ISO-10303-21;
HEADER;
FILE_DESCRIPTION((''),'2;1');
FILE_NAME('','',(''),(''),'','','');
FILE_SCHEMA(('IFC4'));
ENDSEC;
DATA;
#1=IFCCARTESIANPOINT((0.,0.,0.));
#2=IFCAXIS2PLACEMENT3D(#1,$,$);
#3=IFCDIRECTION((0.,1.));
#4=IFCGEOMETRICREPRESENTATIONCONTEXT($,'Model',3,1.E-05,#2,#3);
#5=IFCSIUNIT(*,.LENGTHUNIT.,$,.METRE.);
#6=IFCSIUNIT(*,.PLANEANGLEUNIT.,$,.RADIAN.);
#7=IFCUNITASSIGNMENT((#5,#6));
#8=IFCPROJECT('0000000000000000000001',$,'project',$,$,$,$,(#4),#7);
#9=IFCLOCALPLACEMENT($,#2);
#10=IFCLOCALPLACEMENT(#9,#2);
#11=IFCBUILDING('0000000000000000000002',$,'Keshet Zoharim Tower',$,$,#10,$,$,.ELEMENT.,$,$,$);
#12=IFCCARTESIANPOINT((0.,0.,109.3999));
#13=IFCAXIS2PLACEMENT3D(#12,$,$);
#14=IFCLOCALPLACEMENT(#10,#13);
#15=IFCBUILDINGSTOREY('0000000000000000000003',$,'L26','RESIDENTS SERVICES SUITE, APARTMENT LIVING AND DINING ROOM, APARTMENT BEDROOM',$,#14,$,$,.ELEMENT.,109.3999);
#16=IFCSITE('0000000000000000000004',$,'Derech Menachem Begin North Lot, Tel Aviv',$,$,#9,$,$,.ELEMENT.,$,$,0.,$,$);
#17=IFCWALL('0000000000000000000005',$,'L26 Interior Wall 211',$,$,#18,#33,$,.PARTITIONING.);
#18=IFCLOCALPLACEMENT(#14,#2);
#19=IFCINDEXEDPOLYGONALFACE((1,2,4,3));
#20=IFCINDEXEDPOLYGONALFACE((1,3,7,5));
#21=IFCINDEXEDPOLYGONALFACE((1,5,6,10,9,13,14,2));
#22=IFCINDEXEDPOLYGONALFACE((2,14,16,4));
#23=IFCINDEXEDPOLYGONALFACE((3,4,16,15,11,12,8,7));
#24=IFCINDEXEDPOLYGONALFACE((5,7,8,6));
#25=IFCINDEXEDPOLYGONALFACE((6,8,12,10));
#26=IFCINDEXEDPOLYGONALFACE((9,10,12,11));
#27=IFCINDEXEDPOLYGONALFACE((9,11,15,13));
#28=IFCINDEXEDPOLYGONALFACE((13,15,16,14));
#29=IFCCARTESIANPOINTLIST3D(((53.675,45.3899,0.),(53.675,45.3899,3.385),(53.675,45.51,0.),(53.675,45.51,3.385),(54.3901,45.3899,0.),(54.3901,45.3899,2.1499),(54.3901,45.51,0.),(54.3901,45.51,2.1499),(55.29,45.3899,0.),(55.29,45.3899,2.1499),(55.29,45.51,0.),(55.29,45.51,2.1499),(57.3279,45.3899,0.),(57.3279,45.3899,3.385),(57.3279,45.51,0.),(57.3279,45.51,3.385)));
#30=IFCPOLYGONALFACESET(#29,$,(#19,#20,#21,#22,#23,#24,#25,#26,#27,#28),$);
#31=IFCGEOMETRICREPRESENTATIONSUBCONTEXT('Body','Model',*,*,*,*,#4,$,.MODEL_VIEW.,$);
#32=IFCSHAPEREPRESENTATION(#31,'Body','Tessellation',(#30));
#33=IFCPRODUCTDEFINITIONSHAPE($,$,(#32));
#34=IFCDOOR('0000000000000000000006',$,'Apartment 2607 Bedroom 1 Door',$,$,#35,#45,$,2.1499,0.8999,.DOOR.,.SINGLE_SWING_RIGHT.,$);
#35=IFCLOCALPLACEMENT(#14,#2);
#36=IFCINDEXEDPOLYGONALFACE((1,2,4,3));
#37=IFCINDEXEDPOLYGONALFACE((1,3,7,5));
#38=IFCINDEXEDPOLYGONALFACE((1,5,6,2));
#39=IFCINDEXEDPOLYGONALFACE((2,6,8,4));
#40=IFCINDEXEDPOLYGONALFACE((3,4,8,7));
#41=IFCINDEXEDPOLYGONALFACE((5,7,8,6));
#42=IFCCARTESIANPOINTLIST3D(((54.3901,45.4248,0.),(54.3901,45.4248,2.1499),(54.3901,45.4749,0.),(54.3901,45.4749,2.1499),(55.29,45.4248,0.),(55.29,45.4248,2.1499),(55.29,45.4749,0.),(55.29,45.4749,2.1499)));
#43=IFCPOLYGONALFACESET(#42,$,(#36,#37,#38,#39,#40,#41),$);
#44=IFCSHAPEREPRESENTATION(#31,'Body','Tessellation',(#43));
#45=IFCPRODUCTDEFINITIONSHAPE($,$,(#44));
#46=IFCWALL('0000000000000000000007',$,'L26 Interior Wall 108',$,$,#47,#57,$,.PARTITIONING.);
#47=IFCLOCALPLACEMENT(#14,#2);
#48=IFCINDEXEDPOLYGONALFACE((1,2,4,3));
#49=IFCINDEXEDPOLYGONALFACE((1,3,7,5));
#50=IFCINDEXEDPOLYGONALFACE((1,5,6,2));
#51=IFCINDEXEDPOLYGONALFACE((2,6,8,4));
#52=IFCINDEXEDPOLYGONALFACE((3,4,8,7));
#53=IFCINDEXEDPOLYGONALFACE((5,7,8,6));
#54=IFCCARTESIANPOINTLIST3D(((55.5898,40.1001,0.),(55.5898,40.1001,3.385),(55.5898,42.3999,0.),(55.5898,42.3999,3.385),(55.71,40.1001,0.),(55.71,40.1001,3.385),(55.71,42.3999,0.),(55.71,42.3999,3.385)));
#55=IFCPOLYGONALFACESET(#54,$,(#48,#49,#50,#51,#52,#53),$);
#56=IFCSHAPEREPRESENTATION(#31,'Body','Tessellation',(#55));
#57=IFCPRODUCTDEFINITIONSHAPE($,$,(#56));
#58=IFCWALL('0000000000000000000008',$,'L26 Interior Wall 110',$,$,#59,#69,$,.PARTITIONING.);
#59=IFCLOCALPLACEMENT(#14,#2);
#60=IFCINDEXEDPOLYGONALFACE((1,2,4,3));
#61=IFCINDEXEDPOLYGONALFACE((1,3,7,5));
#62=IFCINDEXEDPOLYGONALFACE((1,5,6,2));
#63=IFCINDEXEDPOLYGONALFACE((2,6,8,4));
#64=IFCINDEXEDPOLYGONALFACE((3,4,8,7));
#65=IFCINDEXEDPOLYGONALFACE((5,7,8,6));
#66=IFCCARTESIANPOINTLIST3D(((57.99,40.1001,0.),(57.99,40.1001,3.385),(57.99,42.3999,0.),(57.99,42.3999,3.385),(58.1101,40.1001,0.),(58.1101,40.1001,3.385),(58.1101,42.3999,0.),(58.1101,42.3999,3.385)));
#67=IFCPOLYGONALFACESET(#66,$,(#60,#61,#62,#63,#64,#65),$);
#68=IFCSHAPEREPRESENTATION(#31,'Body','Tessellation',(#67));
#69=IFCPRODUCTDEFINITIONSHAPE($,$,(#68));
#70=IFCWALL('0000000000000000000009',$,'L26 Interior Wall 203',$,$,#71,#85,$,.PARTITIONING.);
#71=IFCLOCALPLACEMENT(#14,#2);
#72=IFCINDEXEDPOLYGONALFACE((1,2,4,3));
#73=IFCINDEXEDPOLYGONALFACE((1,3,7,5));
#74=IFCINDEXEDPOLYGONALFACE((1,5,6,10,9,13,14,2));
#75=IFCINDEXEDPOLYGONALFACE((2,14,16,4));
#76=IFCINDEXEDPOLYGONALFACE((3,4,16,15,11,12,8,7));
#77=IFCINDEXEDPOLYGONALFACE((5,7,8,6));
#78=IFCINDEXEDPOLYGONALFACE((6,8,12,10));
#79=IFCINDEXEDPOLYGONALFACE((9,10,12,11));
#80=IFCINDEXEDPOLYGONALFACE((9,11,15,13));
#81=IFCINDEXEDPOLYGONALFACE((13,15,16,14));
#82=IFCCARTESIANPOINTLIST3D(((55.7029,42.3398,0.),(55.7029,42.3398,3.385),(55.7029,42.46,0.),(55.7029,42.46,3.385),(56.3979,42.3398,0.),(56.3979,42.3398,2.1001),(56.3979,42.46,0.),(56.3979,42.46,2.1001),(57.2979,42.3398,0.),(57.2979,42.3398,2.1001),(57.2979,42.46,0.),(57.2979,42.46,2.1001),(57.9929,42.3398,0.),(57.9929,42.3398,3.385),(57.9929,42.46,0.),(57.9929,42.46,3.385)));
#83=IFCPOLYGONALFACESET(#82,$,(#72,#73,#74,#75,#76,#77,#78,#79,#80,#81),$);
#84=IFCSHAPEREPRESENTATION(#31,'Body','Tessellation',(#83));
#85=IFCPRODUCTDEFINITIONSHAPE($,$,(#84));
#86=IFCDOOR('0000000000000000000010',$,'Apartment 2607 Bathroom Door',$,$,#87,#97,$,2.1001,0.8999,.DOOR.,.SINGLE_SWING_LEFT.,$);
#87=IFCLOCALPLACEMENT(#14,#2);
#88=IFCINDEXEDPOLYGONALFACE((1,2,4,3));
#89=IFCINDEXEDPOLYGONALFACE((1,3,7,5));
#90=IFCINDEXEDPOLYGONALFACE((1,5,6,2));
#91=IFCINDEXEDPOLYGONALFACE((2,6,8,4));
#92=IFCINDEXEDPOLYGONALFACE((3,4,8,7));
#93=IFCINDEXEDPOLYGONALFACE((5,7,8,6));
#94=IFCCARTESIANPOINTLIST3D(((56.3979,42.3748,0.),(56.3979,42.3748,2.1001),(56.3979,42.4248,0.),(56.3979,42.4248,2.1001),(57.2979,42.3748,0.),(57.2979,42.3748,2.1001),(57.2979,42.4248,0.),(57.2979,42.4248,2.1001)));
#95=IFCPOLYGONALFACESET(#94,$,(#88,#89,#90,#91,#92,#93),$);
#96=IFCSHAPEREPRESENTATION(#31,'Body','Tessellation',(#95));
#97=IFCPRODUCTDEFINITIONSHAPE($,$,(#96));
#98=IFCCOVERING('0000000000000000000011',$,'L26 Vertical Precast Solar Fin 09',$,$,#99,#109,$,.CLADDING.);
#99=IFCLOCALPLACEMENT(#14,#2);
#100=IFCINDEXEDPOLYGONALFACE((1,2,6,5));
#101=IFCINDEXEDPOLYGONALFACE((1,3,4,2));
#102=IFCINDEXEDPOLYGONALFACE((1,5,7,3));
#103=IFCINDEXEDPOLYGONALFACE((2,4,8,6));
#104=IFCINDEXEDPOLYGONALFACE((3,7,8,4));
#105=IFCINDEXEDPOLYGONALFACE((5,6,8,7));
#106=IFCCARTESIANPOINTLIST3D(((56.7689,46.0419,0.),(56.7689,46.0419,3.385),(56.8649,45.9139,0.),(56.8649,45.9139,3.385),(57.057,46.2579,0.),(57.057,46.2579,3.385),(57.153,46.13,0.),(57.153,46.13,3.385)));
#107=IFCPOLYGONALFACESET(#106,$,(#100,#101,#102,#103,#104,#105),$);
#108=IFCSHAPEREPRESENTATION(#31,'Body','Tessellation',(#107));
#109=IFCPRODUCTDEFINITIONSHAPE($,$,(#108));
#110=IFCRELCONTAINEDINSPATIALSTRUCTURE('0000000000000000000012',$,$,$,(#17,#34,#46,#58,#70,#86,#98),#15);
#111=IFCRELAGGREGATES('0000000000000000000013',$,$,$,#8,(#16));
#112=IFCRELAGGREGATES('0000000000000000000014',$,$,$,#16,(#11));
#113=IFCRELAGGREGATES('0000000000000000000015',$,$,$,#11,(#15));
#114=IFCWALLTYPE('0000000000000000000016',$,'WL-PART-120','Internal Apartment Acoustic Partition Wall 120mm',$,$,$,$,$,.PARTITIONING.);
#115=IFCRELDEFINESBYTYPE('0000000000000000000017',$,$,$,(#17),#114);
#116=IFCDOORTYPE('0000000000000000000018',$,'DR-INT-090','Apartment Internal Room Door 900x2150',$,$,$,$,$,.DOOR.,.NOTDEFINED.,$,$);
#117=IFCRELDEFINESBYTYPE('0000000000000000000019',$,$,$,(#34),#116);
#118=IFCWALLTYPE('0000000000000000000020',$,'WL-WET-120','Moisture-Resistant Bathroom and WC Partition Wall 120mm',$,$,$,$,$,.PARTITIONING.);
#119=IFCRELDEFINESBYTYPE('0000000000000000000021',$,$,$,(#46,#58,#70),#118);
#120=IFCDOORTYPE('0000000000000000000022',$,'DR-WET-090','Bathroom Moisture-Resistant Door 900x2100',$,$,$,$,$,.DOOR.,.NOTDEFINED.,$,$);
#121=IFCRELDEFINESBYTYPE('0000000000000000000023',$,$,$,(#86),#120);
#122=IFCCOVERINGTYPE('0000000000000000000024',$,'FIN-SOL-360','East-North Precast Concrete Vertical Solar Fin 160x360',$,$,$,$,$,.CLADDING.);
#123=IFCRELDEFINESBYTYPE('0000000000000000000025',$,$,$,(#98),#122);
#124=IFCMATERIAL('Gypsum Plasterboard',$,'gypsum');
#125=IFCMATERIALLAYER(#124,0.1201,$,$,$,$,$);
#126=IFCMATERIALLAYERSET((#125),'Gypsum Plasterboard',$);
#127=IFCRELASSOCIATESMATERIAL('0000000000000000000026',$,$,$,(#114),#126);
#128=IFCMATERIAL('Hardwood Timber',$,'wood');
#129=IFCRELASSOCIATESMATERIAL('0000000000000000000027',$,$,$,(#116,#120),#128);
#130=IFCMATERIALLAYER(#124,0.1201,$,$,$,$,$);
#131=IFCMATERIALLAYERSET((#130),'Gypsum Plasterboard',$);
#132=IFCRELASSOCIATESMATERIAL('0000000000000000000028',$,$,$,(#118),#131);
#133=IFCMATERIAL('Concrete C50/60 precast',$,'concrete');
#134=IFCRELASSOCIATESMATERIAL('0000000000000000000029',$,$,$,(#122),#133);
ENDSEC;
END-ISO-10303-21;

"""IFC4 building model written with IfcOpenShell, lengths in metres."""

from ifc_helpers import new_model, si_unit, direction, frame, frame_2d, origin, origin_2d, place, context, subcontext, project, spatial, rectangle, extrude, material, layer, layer_set, type_object, element, fill, save


model = new_model("IFC4")

# Units and contexts
model_context = context("Model", 3, precision=1e-05, world=origin(), true_north=direction((0.0, 1.0)))
body_context = subcontext(model_context, "Body", "Model", "MODEL_VIEW")
ifc_project = project(units=[si_unit("LENGTHUNIT", "METRE"), si_unit("PLANEANGLEUNIT", "RADIAN")], contexts=[model_context])

# Site, building, storey
site_placement = place(None, origin())
site = spatial("IfcSite", under=ifc_project, at=site_placement, Name="Derech Menachem Begin North Lot, Tel Aviv", CompositionType="ELEMENT", RefElevation=0.0)
building_placement = place(site_placement, origin())
building = spatial("IfcBuilding", under=site, at=building_placement, Name="Keshet Zoharim Tower", CompositionType="ELEMENT")
storey_placement = place(building_placement, frame((0.0, 0.0, 109.3999)))
storey = spatial("IfcBuildingStorey", under=building, at=storey_placement, Name="L26", Description="RESIDENTS SERVICES SUITE, APARTMENT LIVING AND DINING ROOM, APARTMENT BEDROOM", CompositionType="ELEMENT", Elevation=109.3999)

# Shared definitions
ifc_material_1 = material(Name="Gypsum Plasterboard", Category="gypsum")
ifc_layer_1 = layer(ifc_material_1, 0.1201)
ifc_layer_set_1 = layer_set([ifc_layer_1], Name="Gypsum Plasterboard")
wall_type_1 = type_object("IfcWallType", Name="WL-PART-120", Description="Internal Apartment Acoustic Partition Wall 120mm", PredefinedType="PARTITIONING", material=ifc_layer_set_1)

# Shared definitions
ifc_material_2 = material(Name="Hardwood Timber", Category="wood")
door_type_1 = type_object("IfcDoorType", Name="DR-INT-090", Description="Apartment Internal Room Door 900x2150", OperationType="NOTDEFINED", PredefinedType="DOOR", material=ifc_material_2)

# Wall, opening, door
wall_1_placement = place(storey_placement, frame((53.675, 45.45, 0.0), z_axis=(0.0, 0.0, 1.0), x_axis=(1.0, 0.0, 0.0)))
wall_1 = element("IfcWall", 1, at=wall_1_placement, inside=storey, type_object=wall_type_1, Name="L26 Interior Wall 211", PredefinedType="PARTITIONING", context=body_context, shape_type="SweptSolid", body=[
    extrude(rectangle(XDim=3.6528, YDim=0.1201, at=frame_2d((1.8264, 0.0))), origin(), (0.0, 0.0, 1.0), 3.385),
])
opening_1_placement = place(wall_1_placement, frame((0.7151, 0.0, 0.0)))
opening_1 = element("IfcOpeningElement", 2, at=opening_1_placement, cuts=wall_1, PredefinedType="OPENING", context=body_context, shape_type="SweptSolid", body=[
    extrude(rectangle(XDim=0.8999, YDim=2.1499, at=frame_2d((0.45, 1.075))), frame((0.0, 0.0701, 0.0), z_axis=(0.0, -1.0, 0.0), x_axis=(1.0, 0.0, 0.0)), (0.0, 0.0, 1.0), 0.1401),
])
door_1_placement = place(opening_1_placement, origin())
door_1 = element("IfcDoor", 3, at=door_1_placement, inside=storey, type_object=door_type_1, Name="Apartment 2607 Bedroom 1 Door", OperationType="SINGLE_SWING_RIGHT", OverallHeight=2.1499, OverallWidth=0.8999, PredefinedType="DOOR", context=body_context, shape_type="SweptSolid", body=[
    extrude(rectangle(XDim=0.8999, YDim=2.1499, at=frame_2d((0.45, 1.075))), frame((0.0, 0.0249, 0.0), z_axis=(0.0, -1.0, 0.0), x_axis=(1.0, 0.0, 0.0)), (0.0, 0.0, 1.0), 0.05),
])
fill(opening_1, door_1)

# Walls
ifc_layer_2 = layer(ifc_material_1, 0.1201)
ifc_layer_set_2 = layer_set([ifc_layer_2], Name="Gypsum Plasterboard")
wall_type_2 = type_object("IfcWallType", Name="WL-WET-120", Description="Moisture-Resistant Bathroom and WC Partition Wall 120mm", PredefinedType="PARTITIONING", material=ifc_layer_set_2)
for number, where, z_axis, x_axis, name in (
    (4, (55.6499, 40.1001, 0.0), (0.0, 0.0, 1.0), (0.0, 1.0, 0.0), "L26 Interior Wall 108"),
    (5, (58.05, 40.1001, 0.0), (0.0, 0.0, 1.0), (0.0, 1.0, 0.0), "L26 Interior Wall 110"),
):
    element("IfcWall", number, at=place(storey_placement, frame(where, z_axis=z_axis, x_axis=x_axis)), inside=storey, type_object=wall_type_2, Name=name, PredefinedType="PARTITIONING", context=body_context, shape_type="SweptSolid", body=[
        extrude(rectangle(XDim=2.2998, YDim=0.1201, at=frame_2d((1.1499, 0.0))), origin(), (0.0, 0.0, 1.0), 3.385),
    ])

# Wall, opening, door
wall_2_placement = place(storey_placement, frame((55.7029, 42.3999, 0.0), z_axis=(0.0, 0.0, 1.0), x_axis=(1.0, 0.0, 0.0)))
wall_2 = element("IfcWall", 6, at=wall_2_placement, inside=storey, type_object=wall_type_2, Name="L26 Interior Wall 203", PredefinedType="PARTITIONING", context=body_context, shape_type="SweptSolid", body=[
    extrude(rectangle(XDim=2.29, YDim=0.1201, at=frame_2d((1.145, 0.0))), origin(), (0.0, 0.0, 1.0), 3.385),
])
opening_2_placement = place(wall_2_placement, frame((0.6951, 0.0, 0.0)))
opening_2 = element("IfcOpeningElement", 7, at=opening_2_placement, cuts=wall_2, PredefinedType="OPENING", context=body_context, shape_type="SweptSolid", body=[
    extrude(rectangle(XDim=0.8999, YDim=2.1001, at=frame_2d((0.45, 1.05))), frame((0.0, 0.0701, 0.0), z_axis=(0.0, -1.0, 0.0), x_axis=(1.0, 0.0, 0.0)), (0.0, 0.0, 1.0), 0.1401),
])
door_type_2 = type_object("IfcDoorType", Name="DR-WET-090", Description="Bathroom Moisture-Resistant Door 900x2100", OperationType="NOTDEFINED", PredefinedType="DOOR", material=ifc_material_2)
door_2_placement = place(opening_2_placement, origin())
door_2 = element("IfcDoor", 8, at=door_2_placement, inside=storey, type_object=door_type_2, Name="Apartment 2607 Bathroom Door", OperationType="SINGLE_SWING_LEFT", OverallHeight=2.1001, OverallWidth=0.8999, PredefinedType="DOOR", context=body_context, shape_type="SweptSolid", body=[
    extrude(rectangle(XDim=0.8999, YDim=2.1001, at=frame_2d((0.45, 1.05))), frame((0.0, 0.0249, 0.0), z_axis=(0.0, -1.0, 0.0), x_axis=(1.0, 0.0, 0.0)), (0.0, 0.0, 1.0), 0.05),
])
fill(opening_2, door_2)

# Covering
ifc_material_3 = material(Name="Concrete C50/60 precast", Category="concrete")
covering_type = type_object("IfcCoveringType", Name="FIN-SOL-360", Description="East-North Precast Concrete Vertical Solar Fin 160x360", PredefinedType="CLADDING", material=ifc_material_3)
covering_placement = place(storey_placement, frame((56.9609, 46.0859, 0.0), z_axis=(0.0, 0.0, 1.0), x_axis=(0.6, -0.8, 0.0)))
element("IfcCovering", 9, at=covering_placement, inside=storey, type_object=covering_type, Name="L26 Vertical Precast Solar Fin 09", PredefinedType="CLADDING", context=body_context, shape_type="SweptSolid", body=[
    extrude(rectangle(XDim=0.1599, YDim=0.3601, at=origin_2d()), origin(), (0.0, 0.0, 1.0), 3.385),
])

save(model, "model.ifc")
